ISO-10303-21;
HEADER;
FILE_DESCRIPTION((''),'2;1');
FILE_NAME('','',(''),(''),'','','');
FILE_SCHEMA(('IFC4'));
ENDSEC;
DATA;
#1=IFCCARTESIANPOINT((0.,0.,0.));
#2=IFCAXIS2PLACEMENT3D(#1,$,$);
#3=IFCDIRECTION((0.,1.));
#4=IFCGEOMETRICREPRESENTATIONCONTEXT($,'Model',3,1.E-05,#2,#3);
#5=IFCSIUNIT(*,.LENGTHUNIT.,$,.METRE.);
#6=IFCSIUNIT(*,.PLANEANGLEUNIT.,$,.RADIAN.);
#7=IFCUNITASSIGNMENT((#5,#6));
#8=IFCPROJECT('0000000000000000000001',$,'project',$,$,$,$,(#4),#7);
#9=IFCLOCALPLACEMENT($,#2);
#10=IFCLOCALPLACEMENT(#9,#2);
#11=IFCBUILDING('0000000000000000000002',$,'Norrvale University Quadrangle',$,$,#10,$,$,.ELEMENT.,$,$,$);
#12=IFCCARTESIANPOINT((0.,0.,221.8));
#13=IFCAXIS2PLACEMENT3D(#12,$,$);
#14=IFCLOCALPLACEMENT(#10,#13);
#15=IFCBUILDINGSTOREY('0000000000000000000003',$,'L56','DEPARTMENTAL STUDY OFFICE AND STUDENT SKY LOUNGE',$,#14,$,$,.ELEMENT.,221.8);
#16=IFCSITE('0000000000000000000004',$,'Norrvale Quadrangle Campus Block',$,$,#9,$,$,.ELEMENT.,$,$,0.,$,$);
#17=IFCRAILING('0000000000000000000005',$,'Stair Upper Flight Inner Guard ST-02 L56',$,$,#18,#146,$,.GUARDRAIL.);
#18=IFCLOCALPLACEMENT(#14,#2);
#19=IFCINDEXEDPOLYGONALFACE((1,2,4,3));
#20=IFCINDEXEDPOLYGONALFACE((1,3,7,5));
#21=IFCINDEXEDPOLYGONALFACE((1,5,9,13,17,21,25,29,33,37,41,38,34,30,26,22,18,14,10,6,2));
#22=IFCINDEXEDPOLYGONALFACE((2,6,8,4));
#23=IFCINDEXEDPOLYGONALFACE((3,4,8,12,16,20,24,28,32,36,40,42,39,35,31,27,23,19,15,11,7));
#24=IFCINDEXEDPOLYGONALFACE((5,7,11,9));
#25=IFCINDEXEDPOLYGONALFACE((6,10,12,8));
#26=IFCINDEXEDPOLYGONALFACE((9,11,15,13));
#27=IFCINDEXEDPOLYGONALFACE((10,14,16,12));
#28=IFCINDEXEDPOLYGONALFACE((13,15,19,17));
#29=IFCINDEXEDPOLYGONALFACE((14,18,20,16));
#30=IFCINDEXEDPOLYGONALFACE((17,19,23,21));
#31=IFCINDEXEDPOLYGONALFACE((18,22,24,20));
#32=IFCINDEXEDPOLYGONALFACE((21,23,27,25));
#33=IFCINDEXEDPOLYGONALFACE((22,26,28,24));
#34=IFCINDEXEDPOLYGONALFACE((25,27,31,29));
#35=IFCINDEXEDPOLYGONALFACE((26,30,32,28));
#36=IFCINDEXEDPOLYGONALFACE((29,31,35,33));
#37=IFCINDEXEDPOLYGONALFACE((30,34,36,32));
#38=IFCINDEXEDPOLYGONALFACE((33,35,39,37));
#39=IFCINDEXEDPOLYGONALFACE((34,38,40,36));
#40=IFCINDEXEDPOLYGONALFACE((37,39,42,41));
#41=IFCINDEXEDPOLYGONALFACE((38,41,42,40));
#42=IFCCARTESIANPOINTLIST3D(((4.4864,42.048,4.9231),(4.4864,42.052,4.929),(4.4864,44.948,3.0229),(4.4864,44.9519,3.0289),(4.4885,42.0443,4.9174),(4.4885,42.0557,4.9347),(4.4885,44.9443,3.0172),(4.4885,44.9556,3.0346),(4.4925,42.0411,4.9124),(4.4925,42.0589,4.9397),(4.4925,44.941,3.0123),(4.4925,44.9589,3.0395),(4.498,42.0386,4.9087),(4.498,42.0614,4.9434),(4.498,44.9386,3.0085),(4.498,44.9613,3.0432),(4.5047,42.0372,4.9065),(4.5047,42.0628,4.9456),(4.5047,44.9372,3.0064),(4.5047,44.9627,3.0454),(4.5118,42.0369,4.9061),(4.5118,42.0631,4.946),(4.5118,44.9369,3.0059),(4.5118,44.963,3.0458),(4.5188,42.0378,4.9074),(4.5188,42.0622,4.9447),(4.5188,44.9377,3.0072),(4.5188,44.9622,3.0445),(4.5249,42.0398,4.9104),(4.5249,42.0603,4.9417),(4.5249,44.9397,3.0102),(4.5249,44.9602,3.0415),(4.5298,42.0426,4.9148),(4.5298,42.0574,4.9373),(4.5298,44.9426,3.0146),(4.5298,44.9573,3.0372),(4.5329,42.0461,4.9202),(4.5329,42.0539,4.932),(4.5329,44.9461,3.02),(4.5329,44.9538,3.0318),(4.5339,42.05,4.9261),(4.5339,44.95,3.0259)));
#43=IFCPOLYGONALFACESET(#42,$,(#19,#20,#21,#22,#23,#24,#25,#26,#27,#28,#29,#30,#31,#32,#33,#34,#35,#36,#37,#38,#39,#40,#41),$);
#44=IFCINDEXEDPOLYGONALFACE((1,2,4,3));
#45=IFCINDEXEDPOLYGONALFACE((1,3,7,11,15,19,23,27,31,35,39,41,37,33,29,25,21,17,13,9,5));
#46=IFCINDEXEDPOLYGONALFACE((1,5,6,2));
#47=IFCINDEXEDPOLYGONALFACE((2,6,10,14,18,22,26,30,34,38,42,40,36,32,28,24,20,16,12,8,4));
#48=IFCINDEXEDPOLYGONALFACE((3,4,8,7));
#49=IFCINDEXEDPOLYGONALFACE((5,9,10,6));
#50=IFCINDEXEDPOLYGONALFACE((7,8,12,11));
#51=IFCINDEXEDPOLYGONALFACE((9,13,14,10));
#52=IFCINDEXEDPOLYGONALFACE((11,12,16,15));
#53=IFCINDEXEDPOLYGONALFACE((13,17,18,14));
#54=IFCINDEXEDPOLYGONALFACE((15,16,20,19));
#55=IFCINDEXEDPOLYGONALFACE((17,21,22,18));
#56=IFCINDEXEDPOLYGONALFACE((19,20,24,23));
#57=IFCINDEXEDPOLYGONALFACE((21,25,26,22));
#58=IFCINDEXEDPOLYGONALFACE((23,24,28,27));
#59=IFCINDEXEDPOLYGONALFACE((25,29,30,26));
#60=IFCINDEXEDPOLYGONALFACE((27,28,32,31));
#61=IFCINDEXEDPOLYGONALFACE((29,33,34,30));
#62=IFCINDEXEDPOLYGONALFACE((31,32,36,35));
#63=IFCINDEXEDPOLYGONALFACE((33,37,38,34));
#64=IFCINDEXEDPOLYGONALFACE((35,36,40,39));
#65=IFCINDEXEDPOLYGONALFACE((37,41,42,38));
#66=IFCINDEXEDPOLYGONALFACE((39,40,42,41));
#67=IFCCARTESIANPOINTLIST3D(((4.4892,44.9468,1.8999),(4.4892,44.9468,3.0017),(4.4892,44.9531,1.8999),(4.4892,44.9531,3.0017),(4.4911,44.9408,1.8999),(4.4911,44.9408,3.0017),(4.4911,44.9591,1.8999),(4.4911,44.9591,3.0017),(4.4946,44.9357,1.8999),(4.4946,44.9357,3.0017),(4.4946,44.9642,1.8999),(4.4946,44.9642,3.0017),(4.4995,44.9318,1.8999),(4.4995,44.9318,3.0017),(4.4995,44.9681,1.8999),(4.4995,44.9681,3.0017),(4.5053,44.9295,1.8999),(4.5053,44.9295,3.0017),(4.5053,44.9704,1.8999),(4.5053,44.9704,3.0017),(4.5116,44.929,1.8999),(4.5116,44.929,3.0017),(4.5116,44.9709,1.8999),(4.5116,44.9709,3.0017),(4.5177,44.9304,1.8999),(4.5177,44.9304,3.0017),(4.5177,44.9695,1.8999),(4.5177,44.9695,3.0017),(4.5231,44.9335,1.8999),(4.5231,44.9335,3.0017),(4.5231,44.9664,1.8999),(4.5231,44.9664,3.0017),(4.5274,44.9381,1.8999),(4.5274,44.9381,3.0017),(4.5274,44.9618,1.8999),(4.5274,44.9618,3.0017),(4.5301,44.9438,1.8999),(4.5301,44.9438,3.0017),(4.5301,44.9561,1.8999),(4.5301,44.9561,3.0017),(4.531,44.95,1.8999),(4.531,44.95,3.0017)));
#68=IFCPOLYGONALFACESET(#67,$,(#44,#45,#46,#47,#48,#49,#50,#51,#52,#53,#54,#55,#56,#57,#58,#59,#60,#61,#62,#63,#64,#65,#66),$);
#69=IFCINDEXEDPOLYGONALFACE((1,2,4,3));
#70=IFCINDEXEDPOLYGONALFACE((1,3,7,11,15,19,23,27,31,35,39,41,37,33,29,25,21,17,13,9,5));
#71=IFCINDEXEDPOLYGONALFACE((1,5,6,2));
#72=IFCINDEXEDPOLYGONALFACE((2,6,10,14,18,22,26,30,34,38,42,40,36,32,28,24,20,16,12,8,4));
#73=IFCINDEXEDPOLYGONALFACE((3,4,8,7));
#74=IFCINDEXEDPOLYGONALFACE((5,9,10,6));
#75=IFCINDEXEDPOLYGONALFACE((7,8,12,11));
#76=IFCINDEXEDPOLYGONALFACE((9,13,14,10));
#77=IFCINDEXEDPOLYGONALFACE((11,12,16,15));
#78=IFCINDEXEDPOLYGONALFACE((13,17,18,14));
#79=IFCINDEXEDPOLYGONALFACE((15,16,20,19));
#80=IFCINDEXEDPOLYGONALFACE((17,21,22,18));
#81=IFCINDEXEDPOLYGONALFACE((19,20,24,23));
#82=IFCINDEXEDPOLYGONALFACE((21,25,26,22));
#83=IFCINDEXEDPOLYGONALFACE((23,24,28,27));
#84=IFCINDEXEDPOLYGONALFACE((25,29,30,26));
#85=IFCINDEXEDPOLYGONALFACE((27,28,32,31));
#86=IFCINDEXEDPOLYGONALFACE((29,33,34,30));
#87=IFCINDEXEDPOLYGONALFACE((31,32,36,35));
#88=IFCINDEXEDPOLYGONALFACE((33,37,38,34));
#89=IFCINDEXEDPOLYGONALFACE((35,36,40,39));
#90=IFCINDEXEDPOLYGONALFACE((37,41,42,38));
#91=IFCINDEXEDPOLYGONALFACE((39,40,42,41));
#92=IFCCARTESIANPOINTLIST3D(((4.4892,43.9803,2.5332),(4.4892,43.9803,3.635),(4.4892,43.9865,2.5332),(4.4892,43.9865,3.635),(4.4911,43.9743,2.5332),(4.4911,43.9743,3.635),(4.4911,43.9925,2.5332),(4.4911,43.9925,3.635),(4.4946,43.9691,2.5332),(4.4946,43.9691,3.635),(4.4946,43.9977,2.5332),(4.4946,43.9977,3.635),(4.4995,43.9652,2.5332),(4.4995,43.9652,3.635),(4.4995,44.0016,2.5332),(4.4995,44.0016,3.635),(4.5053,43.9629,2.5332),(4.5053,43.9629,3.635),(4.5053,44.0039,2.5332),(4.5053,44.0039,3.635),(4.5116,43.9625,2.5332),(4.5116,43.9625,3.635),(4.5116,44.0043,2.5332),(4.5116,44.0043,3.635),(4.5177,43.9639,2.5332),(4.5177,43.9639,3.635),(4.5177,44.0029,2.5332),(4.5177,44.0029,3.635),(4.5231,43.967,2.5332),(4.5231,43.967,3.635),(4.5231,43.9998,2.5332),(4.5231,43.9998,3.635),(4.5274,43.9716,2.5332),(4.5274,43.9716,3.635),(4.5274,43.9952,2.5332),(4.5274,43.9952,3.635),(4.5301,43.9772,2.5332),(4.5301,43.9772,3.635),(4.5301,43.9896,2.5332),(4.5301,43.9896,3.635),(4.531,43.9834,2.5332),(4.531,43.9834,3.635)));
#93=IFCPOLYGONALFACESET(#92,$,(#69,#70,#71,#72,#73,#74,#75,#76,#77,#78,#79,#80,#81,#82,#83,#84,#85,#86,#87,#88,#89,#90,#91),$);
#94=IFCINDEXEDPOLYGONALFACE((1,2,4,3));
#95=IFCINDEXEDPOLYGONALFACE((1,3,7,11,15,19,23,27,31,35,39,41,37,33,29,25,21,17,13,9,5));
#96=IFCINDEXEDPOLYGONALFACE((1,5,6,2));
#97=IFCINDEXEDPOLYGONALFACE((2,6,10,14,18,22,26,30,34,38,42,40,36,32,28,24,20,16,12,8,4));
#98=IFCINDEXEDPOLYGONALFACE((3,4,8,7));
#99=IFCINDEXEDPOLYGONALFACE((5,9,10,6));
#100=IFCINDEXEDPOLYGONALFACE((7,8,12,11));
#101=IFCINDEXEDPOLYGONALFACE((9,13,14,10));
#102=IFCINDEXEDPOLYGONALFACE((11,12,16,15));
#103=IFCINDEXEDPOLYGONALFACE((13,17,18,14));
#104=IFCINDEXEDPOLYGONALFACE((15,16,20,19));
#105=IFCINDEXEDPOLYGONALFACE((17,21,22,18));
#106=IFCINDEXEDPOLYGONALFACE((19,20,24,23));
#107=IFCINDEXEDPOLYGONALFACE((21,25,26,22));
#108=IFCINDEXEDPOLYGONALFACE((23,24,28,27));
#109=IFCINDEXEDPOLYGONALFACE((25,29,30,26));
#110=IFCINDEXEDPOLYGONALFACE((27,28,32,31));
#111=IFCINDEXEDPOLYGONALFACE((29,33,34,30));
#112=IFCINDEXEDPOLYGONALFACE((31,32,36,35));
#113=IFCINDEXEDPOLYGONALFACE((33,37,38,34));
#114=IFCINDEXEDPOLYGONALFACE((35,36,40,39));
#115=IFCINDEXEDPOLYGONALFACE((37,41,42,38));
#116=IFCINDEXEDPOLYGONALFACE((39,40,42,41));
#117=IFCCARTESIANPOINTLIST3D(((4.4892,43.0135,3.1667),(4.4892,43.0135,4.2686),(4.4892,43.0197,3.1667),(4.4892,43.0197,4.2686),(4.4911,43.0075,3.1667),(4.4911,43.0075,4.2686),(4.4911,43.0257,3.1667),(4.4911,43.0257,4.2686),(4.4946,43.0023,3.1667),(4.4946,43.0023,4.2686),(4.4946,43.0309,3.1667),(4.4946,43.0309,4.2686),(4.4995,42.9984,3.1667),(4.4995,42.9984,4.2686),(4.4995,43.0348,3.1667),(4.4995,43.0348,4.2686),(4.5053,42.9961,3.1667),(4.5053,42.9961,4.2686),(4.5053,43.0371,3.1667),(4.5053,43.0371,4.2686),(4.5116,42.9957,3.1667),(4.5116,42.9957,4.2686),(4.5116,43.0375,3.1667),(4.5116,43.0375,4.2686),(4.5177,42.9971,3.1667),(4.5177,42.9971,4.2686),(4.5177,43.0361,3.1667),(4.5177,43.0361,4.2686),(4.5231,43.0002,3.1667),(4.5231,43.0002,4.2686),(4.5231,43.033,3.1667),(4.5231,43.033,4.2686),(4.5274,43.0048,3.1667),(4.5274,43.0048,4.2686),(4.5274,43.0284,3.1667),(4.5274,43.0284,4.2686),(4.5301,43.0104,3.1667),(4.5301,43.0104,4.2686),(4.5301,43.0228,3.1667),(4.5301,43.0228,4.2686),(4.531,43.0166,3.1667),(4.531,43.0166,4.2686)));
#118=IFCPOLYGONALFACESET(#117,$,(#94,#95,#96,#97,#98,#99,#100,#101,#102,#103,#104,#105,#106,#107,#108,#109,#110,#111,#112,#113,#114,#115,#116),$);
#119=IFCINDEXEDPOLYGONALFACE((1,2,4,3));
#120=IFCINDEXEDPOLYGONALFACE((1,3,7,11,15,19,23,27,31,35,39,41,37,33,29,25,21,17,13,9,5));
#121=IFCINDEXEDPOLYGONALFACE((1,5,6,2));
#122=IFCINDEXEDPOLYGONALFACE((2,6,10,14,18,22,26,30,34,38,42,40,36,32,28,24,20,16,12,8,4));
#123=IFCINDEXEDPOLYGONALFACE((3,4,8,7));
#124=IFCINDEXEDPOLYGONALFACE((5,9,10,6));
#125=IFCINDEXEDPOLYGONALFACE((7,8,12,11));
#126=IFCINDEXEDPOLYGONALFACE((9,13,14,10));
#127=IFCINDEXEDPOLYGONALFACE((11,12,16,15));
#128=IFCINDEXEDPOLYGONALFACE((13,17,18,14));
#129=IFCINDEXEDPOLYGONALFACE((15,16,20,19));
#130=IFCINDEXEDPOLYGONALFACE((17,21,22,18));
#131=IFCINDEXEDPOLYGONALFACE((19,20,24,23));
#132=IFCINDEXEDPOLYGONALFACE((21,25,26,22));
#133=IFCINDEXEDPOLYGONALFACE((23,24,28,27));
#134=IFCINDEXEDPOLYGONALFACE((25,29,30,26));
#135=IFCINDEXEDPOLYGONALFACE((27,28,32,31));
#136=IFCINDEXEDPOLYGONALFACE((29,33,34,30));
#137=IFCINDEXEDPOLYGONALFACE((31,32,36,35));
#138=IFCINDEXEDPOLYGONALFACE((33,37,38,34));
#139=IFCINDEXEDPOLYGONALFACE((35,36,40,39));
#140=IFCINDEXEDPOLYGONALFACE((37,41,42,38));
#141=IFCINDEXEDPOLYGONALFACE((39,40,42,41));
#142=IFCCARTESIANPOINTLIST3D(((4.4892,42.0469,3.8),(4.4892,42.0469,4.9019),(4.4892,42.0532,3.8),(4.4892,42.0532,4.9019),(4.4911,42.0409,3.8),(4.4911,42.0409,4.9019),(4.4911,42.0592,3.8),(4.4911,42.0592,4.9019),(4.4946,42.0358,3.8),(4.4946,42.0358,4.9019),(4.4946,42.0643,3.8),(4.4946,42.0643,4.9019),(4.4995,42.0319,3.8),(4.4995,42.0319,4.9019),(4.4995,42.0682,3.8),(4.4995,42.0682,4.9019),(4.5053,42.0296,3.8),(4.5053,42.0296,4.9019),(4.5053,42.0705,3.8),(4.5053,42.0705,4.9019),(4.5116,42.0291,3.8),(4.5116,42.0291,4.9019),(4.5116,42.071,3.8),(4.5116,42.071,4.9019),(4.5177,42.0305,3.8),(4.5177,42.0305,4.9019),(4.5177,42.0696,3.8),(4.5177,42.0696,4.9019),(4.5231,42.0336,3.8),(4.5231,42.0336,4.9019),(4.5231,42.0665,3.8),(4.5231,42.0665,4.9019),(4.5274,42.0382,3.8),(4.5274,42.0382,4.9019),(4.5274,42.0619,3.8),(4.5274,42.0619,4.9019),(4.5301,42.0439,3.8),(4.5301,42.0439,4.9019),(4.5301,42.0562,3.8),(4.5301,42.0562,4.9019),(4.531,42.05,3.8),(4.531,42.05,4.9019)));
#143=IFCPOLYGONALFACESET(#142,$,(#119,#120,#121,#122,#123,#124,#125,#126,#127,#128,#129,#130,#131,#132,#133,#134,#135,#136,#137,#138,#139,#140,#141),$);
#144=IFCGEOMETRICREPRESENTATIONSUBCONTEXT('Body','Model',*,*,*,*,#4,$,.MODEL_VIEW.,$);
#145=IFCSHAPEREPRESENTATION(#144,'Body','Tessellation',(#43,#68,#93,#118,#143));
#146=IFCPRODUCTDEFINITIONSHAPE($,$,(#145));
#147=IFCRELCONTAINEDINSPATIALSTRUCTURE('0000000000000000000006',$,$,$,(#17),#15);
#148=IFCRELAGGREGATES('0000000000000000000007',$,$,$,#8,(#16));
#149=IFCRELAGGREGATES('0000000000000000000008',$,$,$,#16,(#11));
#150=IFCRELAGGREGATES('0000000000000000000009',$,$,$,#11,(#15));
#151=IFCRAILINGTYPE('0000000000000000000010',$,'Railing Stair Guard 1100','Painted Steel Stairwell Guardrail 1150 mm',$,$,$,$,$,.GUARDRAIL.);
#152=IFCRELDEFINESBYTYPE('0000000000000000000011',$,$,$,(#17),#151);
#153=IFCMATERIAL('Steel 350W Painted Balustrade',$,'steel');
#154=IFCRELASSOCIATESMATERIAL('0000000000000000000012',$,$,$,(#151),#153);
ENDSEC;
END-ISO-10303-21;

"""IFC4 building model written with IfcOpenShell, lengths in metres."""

from ifc_helpers import new_model, si_unit, direction, frame, origin, origin_2d, place, context, subcontext, project, spatial, circle, extrude, material, type_object, element, save


model = new_model("IFC4")

# Units and contexts
model_context = context("Model", 3, precision=1e-05, world=origin(), true_north=direction((0.0, 1.0)))
body_context = subcontext(model_context, "Body", "Model", "MODEL_VIEW")
ifc_project = project(units=[si_unit("LENGTHUNIT", "METRE"), si_unit("PLANEANGLEUNIT", "RADIAN")], contexts=[model_context])

# Site, building, storey
site_placement = place(None, origin())
site = spatial("IfcSite", under=ifc_project, at=site_placement, Name="Norrvale Quadrangle Campus Block", CompositionType="ELEMENT", RefElevation=0.0)
building_placement = place(site_placement, origin())
building = spatial("IfcBuilding", under=site, at=building_placement, Name="Norrvale University Quadrangle", CompositionType="ELEMENT")
storey_placement = place(building_placement, frame((0.0, 0.0, 221.8)))
storey = spatial("IfcBuildingStorey", under=building, at=storey_placement, Name="L56", Description="DEPARTMENTAL STUDY OFFICE AND STUDENT SKY LOUNGE", CompositionType="ELEMENT", Elevation=221.8)

# Railing
ifc_material_1 = material(Name="Steel 350W Painted Balustrade", Category="steel")
railing_type_1 = type_object("IfcRailingType", Name="Railing Stair Guard 1100", Description="Painted Steel Stairwell Guardrail 1150 mm", PredefinedType="GUARDRAIL", material=ifc_material_1)
railing_1_placement = place(storey_placement, frame((4.51, 44.95, 1.8999)))
element("IfcRailing", 1, at=railing_1_placement, inside=storey, type_object=railing_type_1, Name="Stair Upper Flight Inner Guard ST-02 L56", PredefinedType="GUARDRAIL", context=body_context, shape_type="SweptSolid", body=[
    extrude(circle(Radius=0.0239, at=origin_2d()), frame((0.0, 0.0, 1.126), z_axis=(0.0, -0.836433, 0.548069), x_axis=(1.0, 0.0, 0.0)), (0.0, 0.0, 1.0), 3.467),
    extrude(circle(Radius=0.021, at=origin_2d()), origin(), (0.0, 0.0, 1.0), 1.1018),
    extrude(circle(Radius=0.021, at=origin_2d()), frame((0.0, -0.9666, 0.6333)), (0.0, 0.0, 1.0), 1.1018),
    extrude(circle(Radius=0.021, at=origin_2d()), frame((0.0, -1.9333, 1.2668)), (0.0, 0.0, 1.0), 1.1018),
    extrude(circle(Radius=0.021, at=origin_2d()), frame((0.0, -2.8999, 1.9001)), (0.0, 0.0, 1.0), 1.1018),
])

save(model, "model.ifc")
